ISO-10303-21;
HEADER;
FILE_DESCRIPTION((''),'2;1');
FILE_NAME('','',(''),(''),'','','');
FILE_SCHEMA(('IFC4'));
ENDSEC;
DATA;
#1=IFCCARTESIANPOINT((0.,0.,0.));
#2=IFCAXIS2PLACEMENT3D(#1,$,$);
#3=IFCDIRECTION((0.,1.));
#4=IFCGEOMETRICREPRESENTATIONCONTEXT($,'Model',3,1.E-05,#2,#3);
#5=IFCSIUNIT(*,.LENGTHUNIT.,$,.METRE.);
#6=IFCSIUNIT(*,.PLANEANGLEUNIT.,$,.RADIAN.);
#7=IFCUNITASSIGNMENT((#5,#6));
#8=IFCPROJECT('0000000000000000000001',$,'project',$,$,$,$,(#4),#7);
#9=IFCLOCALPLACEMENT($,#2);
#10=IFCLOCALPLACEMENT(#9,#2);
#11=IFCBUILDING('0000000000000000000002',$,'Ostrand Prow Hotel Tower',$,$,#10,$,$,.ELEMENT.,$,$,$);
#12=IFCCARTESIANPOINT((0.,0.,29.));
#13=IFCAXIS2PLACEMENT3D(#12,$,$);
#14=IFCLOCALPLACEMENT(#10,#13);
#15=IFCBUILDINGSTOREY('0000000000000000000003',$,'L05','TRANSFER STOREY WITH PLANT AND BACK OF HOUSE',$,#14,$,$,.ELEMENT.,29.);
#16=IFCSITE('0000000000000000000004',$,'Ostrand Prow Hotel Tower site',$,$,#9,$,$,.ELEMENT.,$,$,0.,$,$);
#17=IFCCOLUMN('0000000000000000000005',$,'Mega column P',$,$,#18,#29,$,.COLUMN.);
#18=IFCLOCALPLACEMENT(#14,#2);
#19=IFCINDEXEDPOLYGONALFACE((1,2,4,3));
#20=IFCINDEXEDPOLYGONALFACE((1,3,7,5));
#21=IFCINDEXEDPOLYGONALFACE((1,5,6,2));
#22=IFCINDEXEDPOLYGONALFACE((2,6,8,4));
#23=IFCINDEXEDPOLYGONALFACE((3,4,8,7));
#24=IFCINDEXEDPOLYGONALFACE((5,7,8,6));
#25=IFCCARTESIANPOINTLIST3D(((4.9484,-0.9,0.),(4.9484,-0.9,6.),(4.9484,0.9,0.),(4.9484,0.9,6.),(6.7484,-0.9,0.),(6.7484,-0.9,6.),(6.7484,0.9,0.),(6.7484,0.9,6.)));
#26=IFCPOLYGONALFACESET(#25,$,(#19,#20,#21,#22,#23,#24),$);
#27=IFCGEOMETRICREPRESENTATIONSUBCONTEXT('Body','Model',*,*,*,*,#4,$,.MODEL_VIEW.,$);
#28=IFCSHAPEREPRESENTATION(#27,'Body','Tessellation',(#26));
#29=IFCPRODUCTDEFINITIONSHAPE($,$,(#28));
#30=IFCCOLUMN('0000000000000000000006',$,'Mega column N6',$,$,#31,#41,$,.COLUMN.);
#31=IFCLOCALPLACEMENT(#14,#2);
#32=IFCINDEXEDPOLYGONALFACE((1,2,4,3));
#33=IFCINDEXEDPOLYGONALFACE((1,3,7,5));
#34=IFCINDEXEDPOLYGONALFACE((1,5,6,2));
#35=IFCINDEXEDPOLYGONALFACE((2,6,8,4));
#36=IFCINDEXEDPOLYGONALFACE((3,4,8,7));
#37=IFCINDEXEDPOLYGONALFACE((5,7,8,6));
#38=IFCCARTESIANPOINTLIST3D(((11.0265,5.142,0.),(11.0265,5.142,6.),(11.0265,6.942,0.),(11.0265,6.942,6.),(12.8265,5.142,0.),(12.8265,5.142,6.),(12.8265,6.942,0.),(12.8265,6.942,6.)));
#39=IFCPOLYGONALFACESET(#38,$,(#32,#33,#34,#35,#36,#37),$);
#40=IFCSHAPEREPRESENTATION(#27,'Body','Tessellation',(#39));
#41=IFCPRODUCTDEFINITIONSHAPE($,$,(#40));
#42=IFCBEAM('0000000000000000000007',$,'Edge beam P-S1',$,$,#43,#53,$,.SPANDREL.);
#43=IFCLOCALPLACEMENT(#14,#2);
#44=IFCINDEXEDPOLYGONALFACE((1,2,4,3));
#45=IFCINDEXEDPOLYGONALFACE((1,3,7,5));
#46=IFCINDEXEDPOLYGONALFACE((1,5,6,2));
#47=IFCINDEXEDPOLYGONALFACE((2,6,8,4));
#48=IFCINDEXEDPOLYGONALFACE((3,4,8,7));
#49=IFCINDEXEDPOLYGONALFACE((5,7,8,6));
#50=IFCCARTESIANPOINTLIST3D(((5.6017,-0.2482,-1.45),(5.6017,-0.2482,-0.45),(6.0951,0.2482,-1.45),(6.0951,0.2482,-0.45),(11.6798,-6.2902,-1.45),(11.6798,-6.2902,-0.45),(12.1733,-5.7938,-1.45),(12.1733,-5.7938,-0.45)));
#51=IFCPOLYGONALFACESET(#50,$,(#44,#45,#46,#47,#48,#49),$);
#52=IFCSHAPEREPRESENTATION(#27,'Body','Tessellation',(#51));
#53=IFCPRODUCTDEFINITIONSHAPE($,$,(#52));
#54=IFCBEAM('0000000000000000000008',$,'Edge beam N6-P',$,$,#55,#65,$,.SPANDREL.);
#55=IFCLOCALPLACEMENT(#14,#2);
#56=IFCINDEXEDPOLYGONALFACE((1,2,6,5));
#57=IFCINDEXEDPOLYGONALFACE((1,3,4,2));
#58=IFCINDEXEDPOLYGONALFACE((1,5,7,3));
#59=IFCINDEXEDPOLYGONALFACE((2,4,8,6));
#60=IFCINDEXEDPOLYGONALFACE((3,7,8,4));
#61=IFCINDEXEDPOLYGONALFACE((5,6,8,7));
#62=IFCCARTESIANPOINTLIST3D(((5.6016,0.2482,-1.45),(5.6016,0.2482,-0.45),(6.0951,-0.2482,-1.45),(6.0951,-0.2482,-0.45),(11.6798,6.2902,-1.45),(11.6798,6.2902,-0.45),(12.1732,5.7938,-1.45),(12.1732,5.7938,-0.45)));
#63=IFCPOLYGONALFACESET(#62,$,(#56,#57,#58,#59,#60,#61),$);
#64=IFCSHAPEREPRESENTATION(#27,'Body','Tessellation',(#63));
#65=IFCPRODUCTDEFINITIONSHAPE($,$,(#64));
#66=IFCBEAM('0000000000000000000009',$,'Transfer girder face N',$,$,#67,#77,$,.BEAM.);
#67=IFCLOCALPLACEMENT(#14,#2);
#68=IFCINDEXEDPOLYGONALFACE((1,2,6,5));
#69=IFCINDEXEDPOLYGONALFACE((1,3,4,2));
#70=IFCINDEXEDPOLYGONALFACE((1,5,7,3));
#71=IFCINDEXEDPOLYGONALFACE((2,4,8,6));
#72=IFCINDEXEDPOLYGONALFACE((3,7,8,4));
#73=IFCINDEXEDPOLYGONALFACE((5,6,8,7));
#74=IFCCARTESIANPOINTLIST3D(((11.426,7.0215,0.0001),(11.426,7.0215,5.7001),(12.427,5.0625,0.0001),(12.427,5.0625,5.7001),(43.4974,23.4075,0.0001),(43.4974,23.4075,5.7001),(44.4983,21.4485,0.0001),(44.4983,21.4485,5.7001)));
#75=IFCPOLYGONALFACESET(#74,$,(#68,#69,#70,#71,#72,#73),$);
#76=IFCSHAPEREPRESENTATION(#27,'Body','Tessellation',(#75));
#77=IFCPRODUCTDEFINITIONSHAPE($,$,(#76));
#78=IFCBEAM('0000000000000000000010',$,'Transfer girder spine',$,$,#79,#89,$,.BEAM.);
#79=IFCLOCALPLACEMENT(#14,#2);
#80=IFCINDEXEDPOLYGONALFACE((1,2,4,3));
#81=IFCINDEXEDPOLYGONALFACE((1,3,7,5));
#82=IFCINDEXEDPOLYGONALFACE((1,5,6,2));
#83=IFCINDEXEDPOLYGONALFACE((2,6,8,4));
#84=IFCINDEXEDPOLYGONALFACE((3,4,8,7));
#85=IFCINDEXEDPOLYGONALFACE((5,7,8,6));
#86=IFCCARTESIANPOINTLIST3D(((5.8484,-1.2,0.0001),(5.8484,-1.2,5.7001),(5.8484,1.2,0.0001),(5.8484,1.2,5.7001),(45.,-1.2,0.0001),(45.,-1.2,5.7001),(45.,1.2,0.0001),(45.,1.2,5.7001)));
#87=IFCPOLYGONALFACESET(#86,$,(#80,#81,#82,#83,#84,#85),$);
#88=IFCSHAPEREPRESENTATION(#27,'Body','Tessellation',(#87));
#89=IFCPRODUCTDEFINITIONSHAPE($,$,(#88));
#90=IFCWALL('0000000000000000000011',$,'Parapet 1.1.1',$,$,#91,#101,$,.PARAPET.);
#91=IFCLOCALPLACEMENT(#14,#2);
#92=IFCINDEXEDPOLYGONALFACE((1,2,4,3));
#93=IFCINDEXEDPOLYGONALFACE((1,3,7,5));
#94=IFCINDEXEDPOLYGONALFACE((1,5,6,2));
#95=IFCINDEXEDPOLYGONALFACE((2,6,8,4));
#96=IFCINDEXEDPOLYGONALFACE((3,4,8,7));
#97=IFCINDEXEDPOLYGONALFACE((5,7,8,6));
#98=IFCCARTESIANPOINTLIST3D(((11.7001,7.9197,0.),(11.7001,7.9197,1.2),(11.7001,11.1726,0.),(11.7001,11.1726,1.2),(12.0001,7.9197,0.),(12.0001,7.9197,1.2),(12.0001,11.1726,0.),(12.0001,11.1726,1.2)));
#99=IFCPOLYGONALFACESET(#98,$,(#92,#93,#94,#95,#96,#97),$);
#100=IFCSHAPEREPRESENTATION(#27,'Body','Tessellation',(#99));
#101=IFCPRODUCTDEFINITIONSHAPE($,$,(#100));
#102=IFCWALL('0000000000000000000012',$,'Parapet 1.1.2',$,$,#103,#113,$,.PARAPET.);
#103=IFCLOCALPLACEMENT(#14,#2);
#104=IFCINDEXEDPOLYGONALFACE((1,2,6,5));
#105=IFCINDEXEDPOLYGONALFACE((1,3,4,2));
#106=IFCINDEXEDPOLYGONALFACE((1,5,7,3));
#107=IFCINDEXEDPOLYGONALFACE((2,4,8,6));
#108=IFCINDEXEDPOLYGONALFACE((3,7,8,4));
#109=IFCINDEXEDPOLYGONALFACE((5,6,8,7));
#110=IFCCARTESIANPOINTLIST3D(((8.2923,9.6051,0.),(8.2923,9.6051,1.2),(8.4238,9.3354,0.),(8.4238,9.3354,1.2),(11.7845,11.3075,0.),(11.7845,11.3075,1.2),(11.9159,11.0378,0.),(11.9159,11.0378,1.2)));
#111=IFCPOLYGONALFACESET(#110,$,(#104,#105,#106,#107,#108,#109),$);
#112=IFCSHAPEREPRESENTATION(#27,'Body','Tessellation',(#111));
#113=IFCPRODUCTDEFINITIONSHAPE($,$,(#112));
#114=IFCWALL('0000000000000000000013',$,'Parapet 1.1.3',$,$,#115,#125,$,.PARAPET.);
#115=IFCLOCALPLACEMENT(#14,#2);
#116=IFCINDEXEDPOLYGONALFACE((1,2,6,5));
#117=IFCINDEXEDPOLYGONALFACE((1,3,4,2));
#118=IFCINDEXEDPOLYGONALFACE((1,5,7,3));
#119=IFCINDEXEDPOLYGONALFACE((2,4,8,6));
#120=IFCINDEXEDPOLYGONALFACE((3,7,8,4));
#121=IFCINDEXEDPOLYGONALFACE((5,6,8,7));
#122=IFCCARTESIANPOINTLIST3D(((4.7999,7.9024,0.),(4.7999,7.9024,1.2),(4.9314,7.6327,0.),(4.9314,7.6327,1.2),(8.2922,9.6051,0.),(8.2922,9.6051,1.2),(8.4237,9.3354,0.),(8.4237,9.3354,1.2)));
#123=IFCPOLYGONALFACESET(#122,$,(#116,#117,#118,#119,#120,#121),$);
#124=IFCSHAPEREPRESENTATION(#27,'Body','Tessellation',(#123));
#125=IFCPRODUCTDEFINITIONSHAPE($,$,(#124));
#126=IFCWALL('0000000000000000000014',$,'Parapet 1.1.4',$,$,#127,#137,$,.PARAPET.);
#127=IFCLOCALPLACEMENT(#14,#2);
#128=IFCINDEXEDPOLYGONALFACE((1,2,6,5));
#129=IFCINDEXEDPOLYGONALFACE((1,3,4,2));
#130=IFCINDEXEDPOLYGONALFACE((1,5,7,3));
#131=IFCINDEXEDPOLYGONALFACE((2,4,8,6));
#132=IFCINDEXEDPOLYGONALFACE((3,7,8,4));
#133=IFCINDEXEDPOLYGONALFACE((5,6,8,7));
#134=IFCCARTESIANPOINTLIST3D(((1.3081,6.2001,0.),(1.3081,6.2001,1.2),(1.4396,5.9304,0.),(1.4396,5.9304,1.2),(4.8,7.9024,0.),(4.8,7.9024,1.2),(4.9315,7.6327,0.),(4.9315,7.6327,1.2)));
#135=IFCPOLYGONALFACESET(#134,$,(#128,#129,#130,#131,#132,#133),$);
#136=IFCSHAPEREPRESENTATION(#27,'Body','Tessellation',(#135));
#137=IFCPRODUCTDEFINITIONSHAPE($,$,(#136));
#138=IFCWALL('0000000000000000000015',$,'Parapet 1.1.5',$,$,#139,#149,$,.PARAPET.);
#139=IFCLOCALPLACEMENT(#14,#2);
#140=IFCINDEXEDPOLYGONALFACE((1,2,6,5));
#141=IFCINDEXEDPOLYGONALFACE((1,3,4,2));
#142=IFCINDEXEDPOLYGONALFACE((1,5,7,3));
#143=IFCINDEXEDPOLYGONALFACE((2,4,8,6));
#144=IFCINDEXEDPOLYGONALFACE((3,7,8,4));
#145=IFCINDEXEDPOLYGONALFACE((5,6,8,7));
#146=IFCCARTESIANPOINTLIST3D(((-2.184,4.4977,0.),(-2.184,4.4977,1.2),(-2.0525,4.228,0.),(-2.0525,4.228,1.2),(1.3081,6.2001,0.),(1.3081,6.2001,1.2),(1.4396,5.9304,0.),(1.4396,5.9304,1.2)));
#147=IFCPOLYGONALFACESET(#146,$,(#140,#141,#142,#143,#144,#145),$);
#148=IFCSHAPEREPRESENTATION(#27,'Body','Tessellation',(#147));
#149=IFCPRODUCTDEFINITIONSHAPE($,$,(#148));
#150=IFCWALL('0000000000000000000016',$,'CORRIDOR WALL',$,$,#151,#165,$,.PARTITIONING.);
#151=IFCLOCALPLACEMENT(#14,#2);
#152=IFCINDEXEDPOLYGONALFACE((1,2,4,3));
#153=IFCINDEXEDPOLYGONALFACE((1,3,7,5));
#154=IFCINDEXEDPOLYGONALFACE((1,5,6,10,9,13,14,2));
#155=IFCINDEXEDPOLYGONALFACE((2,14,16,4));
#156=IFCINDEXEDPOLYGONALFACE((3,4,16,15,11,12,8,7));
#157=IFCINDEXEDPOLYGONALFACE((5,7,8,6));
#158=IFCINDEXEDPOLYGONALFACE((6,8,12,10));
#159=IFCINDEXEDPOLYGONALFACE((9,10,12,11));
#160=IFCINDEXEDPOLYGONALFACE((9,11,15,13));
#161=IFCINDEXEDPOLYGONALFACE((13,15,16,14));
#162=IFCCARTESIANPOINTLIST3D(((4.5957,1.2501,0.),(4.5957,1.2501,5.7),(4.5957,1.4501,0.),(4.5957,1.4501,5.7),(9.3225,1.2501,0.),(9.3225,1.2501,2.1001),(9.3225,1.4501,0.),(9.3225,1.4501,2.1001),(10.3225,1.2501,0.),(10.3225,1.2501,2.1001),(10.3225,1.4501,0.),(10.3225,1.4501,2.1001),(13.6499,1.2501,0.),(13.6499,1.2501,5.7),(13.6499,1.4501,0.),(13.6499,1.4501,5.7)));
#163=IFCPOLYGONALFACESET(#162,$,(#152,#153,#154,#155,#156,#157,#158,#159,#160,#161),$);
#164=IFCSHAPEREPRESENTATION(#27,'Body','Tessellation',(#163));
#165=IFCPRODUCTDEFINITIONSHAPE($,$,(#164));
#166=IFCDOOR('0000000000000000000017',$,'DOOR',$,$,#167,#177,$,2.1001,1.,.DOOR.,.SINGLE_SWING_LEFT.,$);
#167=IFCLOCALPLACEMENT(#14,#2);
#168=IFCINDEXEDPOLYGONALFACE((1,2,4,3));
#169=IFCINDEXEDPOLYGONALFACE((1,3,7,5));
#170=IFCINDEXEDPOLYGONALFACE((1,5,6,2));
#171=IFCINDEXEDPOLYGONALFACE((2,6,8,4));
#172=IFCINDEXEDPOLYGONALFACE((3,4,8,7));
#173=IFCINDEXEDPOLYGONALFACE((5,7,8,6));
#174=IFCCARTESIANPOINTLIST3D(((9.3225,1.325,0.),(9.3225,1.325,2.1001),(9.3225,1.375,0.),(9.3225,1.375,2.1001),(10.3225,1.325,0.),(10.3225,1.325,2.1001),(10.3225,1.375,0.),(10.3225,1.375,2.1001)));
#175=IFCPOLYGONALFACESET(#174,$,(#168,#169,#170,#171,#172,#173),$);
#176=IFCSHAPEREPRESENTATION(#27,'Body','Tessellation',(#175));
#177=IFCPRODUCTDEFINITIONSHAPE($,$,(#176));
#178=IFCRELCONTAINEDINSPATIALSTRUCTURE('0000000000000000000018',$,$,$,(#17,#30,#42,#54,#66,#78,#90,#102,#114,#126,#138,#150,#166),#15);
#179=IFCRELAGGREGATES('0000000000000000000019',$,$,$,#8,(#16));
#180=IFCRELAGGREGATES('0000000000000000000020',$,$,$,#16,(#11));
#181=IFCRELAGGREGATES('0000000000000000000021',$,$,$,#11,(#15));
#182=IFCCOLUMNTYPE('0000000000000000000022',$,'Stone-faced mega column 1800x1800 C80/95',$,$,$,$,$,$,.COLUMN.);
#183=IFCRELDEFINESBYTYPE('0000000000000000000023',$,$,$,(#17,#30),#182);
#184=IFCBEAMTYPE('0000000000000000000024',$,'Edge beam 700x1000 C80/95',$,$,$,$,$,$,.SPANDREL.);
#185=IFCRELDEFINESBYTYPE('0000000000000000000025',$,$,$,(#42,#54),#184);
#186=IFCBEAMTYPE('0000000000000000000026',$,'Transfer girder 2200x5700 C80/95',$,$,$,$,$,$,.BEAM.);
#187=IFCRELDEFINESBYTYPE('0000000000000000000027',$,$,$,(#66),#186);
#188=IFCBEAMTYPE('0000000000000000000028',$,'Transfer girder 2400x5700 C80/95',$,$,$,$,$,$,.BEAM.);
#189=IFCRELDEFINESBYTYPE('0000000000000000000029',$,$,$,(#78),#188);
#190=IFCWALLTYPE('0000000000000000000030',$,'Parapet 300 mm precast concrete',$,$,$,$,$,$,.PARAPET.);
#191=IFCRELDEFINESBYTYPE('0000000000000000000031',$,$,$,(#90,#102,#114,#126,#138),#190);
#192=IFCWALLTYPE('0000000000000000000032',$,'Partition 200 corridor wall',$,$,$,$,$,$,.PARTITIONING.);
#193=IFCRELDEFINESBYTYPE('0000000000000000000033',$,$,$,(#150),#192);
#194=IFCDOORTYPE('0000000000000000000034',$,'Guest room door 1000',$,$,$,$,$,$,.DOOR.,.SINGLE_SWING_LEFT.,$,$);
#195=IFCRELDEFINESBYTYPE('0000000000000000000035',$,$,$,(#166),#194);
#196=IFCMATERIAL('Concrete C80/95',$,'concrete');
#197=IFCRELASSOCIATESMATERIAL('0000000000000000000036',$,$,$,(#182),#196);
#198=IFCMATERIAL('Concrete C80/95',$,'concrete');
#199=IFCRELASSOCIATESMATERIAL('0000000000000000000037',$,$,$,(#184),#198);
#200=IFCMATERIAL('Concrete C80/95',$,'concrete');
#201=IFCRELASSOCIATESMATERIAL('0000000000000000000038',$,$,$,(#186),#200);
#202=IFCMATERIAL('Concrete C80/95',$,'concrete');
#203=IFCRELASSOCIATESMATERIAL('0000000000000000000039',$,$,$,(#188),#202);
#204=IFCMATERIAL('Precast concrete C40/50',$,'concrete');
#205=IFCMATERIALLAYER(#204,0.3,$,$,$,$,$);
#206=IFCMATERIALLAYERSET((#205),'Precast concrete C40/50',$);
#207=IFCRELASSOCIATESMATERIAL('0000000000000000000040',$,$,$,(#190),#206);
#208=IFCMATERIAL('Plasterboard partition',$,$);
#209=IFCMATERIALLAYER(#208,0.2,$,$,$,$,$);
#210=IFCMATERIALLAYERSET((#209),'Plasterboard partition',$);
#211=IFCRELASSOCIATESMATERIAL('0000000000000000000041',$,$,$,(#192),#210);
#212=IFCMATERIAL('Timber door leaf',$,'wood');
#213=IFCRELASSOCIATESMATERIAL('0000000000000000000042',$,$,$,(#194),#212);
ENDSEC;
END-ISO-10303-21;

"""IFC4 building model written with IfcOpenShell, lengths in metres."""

from ifc_helpers import new_model, si_unit, direction, frame, frame_2d, origin, origin_2d, place, context, subcontext, project, spatial, rectangle, extrude, material, layer, layer_set, material_profile, profile_set, type_object, element, fill, save


model = new_model("IFC4")

# Units and contexts
model_context = context("Model", 3, precision=1e-05, world=origin(), true_north=direction((0.0, 1.0)))
body_context = subcontext(model_context, "Body", "Model", "MODEL_VIEW")
ifc_project = project(units=[si_unit("LENGTHUNIT", "METRE"), si_unit("PLANEANGLEUNIT", "RADIAN")], contexts=[model_context])

# Site, building, storey
site_placement = place(None, origin())
site = spatial("IfcSite", under=ifc_project, at=site_placement, Name="Ostrand Prow Hotel Tower site", CompositionType="ELEMENT", RefElevation=0.0)
building_placement = place(site_placement, origin())
building = spatial("IfcBuilding", under=site, at=building_placement, Name="Ostrand Prow Hotel Tower", CompositionType="ELEMENT")
storey_placement = place(building_placement, frame((0.0, 0.0, 29.0)))
storey = spatial("IfcBuildingStorey", under=building, at=storey_placement, Name="L05", Description="TRANSFER STOREY WITH PLANT AND BACK OF HOUSE", CompositionType="ELEMENT", Elevation=29.0)

# Columns
ifc_material_1 = material(Name="Concrete C80/95", Category="concrete")
ifc_material_profile_1 = material_profile(ifc_material_1, rectangle(XDim=1.8, YDim=1.8, at=origin_2d()), Name="RC 1800x1800")
ifc_profile_set_1 = profile_set([ifc_material_profile_1], Name="Concrete C80/95")
column_type = type_object("IfcColumnType", Name="Stone-faced mega column 1800x1800 C80/95", PredefinedType="COLUMN", material=ifc_profile_set_1)
for number, where, z_axis, x_axis, name in (
    (1, (5.8484, 0.0, 0.0), (0.0, 0.0, 1.0), (1.0, 0.0, 0.0), "Mega column P"),
    (2, (11.9265, 6.042, 0.0), (0.0, 0.0, 1.0), (1.0, 0.0, 0.0), "Mega column N6"),
):
    element("IfcColumn", number, at=place(storey_placement, frame(where, z_axis=z_axis, x_axis=x_axis)), inside=storey, type_object=column_type, Name=name, PredefinedType="COLUMN", context=body_context, shape_type="SweptSolid", body=[
        extrude(rectangle(XDim=1.8, YDim=1.8, at=origin_2d()), origin(), (0.0, 0.0, 1.0), 6.0),
    ])

# Beams
ifc_material_2 = material(Name="Concrete C80/95", Category="concrete")
ifc_material_profile_2 = material_profile(ifc_material_2, rectangle(XDim=0.7, YDim=1.0, at=origin_2d()), Name="RC 700x1000")
ifc_profile_set_2 = profile_set([ifc_material_profile_2], Name="Concrete C80/95")
beam_type_1 = type_object("IfcBeamType", Name="Edge beam 700x1000 C80/95", PredefinedType="SPANDREL", material=ifc_profile_set_2)
for number, where, z_axis, x_axis, name in (
    (3, (5.8484, 0.0, -0.95), (0.709212, -0.704996, 0.0), (0.704996, 0.709212, 0.0), "Edge beam P-S1"),
    (4, (11.9265, 6.042, -0.95), (-0.709212, -0.704996, 0.0), (0.704996, -0.709212, 0.0), "Edge beam N6-P"),
):
    element("IfcBeam", number, at=place(storey_placement, frame(where, z_axis=z_axis, x_axis=x_axis)), inside=storey, type_object=beam_type_1, Name=name, PredefinedType="SPANDREL", context=body_context, shape_type="SweptSolid", body=[
        extrude(rectangle(XDim=0.7, YDim=1.0, at=origin_2d()), origin(), (0.0, 0.0, 1.0), 8.5703),
    ])
ifc_material_3 = material(Name="Concrete C80/95", Category="concrete")
ifc_material_profile_3 = material_profile(ifc_material_3, rectangle(XDim=2.2, YDim=5.7, at=origin_2d()), Name="RC 2200x5700")
ifc_profile_set_3 = profile_set([ifc_material_profile_3], Name="Concrete C80/95")
beam_type_2 = type_object("IfcBeamType", Name="Transfer girder 2200x5700 C80/95", PredefinedType="BEAM", material=ifc_profile_set_3)
beam_1_placement = place(storey_placement, frame((11.9265, 6.042, 2.8501), z_axis=(0.890502, 0.454979, 0.0), x_axis=(-0.454979, 0.890502, 0.0)))
element("IfcBeam", 5, at=beam_1_placement, inside=storey, type_object=beam_type_2, Name="Transfer girder face N", PredefinedType="BEAM", context=body_context, shape_type="SweptSolid", body=[
    extrude(rectangle(XDim=2.2, YDim=5.7, at=origin_2d()), origin(), (0.0, 0.0, 1.0), 36.0149),
])
ifc_material_4 = material(Name="Concrete C80/95", Category="concrete")
ifc_material_profile_4 = material_profile(ifc_material_4, rectangle(XDim=2.3999, YDim=5.7, at=origin_2d()), Name="RC 2400x5700")
ifc_profile_set_4 = profile_set([ifc_material_profile_4], Name="Concrete C80/95")
beam_type_3 = type_object("IfcBeamType", Name="Transfer girder 2400x5700 C80/95", PredefinedType="BEAM", material=ifc_profile_set_4)
beam_2_placement = place(storey_placement, frame((5.8484, 0.0, 2.8501), z_axis=(1.0, 0.0, 0.0), x_axis=(0.0, 1.0, 0.0)))
element("IfcBeam", 6, at=beam_2_placement, inside=storey, type_object=beam_type_3, Name="Transfer girder spine", PredefinedType="BEAM", context=body_context, shape_type="SweptSolid", body=[
    extrude(rectangle(XDim=2.3999, YDim=5.7, at=origin_2d()), origin(), (0.0, 0.0, 1.0), 39.1516),
])

# Walls
ifc_material_5 = material(Name="Precast concrete C40/50", Category="concrete")
ifc_layer_1 = layer(ifc_material_5, 0.3)
ifc_layer_set_1 = layer_set([ifc_layer_1], Name="Precast concrete C40/50")
wall_type_1 = type_object("IfcWallType", Name="Parapet 300 mm precast concrete", PredefinedType="PARAPET", material=ifc_layer_set_1)
wall_1_placement = place(storey_placement, frame((11.8501, 7.9197, 0.0), z_axis=(0.0, 0.0, 1.0), x_axis=(0.0, 1.0, 0.0)))
element("IfcWall", 7, at=wall_1_placement, inside=storey, type_object=wall_type_1, Name="Parapet 1.1.1", PredefinedType="PARAPET", context=body_context, shape_type="SweptSolid", body=[
    extrude(rectangle(XDim=3.2529, YDim=0.3, at=frame_2d((1.6265, 0.0))), origin(), (0.0, 0.0, 1.0), 1.2),
])
wall_2_placement = place(storey_placement, frame((11.8501, 11.1726, 0.0), z_axis=(0.0, 0.0, 1.0), x_axis=(-0.898881, -0.438192, 0.0)))
element("IfcWall", 8, at=wall_2_placement, inside=storey, type_object=wall_type_1, Name="Parapet 1.1.2", PredefinedType="PARAPET", context=body_context, shape_type="SweptSolid", body=[
    extrude(rectangle(XDim=3.885, YDim=0.3, at=frame_2d((1.9424, 0.0))), origin(), (0.0, 0.0, 1.0), 1.2),
])
wall_3_placement = place(storey_placement, frame((8.3579, 9.4702, 0.0), z_axis=(0.0, 0.0, 1.0), x_axis=(-0.898857, -0.438243, 0.0)))
element("IfcWall", 9, at=wall_3_placement, inside=storey, type_object=wall_type_1, Name="Parapet 1.1.3", PredefinedType="PARAPET", context=body_context, shape_type="SweptSolid", body=[
    extrude(rectangle(XDim=3.8853, YDim=0.3, at=frame_2d((1.9426, 0.0))), origin(), (0.0, 0.0, 1.0), 1.2),
])
wall_4_placement = place(storey_placement, frame((4.8657, 7.7676, 0.0), z_axis=(0.0, 0.0, 1.0), x_axis=(-0.898869, -0.438217, 0.0)))
element("IfcWall", 10, at=wall_4_placement, inside=storey, type_object=wall_type_1, Name="Parapet 1.1.4", PredefinedType="PARAPET", context=body_context, shape_type="SweptSolid", body=[
    extrude(rectangle(XDim=3.8848, YDim=0.3, at=frame_2d((1.9424, 0.0))), origin(), (0.0, 0.0, 1.0), 1.2),
])
wall_5_placement = place(storey_placement, frame((1.3738, 6.0652, 0.0), z_axis=(0.0, 0.0, 1.0), x_axis=(-0.898881, -0.438192, 0.0)))
element("IfcWall", 11, at=wall_5_placement, inside=storey, type_object=wall_type_1, Name="Parapet 1.1.5", PredefinedType="PARAPET", context=body_context, shape_type="SweptSolid", body=[
    extrude(rectangle(XDim=3.885, YDim=0.3, at=frame_2d((1.9424, 0.0))), origin(), (0.0, 0.0, 1.0), 1.2),
])

# Wall, opening, door
ifc_material_6 = material(Name="Plasterboard partition")
ifc_layer_2 = layer(ifc_material_6, 0.2)
ifc_layer_set_2 = layer_set([ifc_layer_2], Name="Plasterboard partition")
wall_type_2 = type_object("IfcWallType", Name="Partition 200 corridor wall", PredefinedType="PARTITIONING", material=ifc_layer_set_2)
wall_6_placement = place(storey_placement, frame((4.5957, 1.3501, 0.0), z_axis=(0.0, 0.0, 1.0), x_axis=(1.0, 0.0, 0.0)))
wall_6 = element("IfcWall", 12, at=wall_6_placement, inside=storey, type_object=wall_type_2, Name="CORRIDOR WALL", PredefinedType="PARTITIONING", context=body_context, shape_type="SweptSolid", body=[
    extrude(rectangle(XDim=9.0542, YDim=0.2, at=frame_2d((4.5271, 0.0))), origin(), (0.0, 0.0, 1.0), 5.7),
])
opening_placement = place(wall_6_placement, frame((4.7268, 0.0, 0.0)))
opening = element("IfcOpeningElement", 13, at=opening_placement, cuts=wall_6, PredefinedType="OPENING", context=body_context, shape_type="SweptSolid", body=[
    extrude(rectangle(XDim=1.0, YDim=2.1001, at=frame_2d((0.5, 1.05))), frame((0.0, 0.1099, 0.0), z_axis=(0.0, -1.0, 0.0), x_axis=(1.0, 0.0, 0.0)), (0.0, 0.0, 1.0), 0.22),
])
ifc_material_7 = material(Name="Timber door leaf", Category="wood")
door_type = type_object("IfcDoorType", Name="Guest room door 1000", OperationType="SINGLE_SWING_LEFT", PredefinedType="DOOR", material=ifc_material_7)
door_placement = place(opening_placement, origin())
door = element("IfcDoor", 14, at=door_placement, inside=storey, type_object=door_type, Name="DOOR", OperationType="SINGLE_SWING_LEFT", OverallHeight=2.1001, OverallWidth=1.0, PredefinedType="DOOR", context=body_context, shape_type="SweptSolid", body=[
    extrude(rectangle(XDim=1.0, YDim=2.1001, at=frame_2d((0.5, 1.05))), frame((0.0, 0.0249, 0.0), z_axis=(0.0, -1.0, 0.0), x_axis=(1.0, 0.0, 0.0)), (0.0, 0.0, 1.0), 0.05),
])
fill(opening, door)

save(model, "model.ifc")
